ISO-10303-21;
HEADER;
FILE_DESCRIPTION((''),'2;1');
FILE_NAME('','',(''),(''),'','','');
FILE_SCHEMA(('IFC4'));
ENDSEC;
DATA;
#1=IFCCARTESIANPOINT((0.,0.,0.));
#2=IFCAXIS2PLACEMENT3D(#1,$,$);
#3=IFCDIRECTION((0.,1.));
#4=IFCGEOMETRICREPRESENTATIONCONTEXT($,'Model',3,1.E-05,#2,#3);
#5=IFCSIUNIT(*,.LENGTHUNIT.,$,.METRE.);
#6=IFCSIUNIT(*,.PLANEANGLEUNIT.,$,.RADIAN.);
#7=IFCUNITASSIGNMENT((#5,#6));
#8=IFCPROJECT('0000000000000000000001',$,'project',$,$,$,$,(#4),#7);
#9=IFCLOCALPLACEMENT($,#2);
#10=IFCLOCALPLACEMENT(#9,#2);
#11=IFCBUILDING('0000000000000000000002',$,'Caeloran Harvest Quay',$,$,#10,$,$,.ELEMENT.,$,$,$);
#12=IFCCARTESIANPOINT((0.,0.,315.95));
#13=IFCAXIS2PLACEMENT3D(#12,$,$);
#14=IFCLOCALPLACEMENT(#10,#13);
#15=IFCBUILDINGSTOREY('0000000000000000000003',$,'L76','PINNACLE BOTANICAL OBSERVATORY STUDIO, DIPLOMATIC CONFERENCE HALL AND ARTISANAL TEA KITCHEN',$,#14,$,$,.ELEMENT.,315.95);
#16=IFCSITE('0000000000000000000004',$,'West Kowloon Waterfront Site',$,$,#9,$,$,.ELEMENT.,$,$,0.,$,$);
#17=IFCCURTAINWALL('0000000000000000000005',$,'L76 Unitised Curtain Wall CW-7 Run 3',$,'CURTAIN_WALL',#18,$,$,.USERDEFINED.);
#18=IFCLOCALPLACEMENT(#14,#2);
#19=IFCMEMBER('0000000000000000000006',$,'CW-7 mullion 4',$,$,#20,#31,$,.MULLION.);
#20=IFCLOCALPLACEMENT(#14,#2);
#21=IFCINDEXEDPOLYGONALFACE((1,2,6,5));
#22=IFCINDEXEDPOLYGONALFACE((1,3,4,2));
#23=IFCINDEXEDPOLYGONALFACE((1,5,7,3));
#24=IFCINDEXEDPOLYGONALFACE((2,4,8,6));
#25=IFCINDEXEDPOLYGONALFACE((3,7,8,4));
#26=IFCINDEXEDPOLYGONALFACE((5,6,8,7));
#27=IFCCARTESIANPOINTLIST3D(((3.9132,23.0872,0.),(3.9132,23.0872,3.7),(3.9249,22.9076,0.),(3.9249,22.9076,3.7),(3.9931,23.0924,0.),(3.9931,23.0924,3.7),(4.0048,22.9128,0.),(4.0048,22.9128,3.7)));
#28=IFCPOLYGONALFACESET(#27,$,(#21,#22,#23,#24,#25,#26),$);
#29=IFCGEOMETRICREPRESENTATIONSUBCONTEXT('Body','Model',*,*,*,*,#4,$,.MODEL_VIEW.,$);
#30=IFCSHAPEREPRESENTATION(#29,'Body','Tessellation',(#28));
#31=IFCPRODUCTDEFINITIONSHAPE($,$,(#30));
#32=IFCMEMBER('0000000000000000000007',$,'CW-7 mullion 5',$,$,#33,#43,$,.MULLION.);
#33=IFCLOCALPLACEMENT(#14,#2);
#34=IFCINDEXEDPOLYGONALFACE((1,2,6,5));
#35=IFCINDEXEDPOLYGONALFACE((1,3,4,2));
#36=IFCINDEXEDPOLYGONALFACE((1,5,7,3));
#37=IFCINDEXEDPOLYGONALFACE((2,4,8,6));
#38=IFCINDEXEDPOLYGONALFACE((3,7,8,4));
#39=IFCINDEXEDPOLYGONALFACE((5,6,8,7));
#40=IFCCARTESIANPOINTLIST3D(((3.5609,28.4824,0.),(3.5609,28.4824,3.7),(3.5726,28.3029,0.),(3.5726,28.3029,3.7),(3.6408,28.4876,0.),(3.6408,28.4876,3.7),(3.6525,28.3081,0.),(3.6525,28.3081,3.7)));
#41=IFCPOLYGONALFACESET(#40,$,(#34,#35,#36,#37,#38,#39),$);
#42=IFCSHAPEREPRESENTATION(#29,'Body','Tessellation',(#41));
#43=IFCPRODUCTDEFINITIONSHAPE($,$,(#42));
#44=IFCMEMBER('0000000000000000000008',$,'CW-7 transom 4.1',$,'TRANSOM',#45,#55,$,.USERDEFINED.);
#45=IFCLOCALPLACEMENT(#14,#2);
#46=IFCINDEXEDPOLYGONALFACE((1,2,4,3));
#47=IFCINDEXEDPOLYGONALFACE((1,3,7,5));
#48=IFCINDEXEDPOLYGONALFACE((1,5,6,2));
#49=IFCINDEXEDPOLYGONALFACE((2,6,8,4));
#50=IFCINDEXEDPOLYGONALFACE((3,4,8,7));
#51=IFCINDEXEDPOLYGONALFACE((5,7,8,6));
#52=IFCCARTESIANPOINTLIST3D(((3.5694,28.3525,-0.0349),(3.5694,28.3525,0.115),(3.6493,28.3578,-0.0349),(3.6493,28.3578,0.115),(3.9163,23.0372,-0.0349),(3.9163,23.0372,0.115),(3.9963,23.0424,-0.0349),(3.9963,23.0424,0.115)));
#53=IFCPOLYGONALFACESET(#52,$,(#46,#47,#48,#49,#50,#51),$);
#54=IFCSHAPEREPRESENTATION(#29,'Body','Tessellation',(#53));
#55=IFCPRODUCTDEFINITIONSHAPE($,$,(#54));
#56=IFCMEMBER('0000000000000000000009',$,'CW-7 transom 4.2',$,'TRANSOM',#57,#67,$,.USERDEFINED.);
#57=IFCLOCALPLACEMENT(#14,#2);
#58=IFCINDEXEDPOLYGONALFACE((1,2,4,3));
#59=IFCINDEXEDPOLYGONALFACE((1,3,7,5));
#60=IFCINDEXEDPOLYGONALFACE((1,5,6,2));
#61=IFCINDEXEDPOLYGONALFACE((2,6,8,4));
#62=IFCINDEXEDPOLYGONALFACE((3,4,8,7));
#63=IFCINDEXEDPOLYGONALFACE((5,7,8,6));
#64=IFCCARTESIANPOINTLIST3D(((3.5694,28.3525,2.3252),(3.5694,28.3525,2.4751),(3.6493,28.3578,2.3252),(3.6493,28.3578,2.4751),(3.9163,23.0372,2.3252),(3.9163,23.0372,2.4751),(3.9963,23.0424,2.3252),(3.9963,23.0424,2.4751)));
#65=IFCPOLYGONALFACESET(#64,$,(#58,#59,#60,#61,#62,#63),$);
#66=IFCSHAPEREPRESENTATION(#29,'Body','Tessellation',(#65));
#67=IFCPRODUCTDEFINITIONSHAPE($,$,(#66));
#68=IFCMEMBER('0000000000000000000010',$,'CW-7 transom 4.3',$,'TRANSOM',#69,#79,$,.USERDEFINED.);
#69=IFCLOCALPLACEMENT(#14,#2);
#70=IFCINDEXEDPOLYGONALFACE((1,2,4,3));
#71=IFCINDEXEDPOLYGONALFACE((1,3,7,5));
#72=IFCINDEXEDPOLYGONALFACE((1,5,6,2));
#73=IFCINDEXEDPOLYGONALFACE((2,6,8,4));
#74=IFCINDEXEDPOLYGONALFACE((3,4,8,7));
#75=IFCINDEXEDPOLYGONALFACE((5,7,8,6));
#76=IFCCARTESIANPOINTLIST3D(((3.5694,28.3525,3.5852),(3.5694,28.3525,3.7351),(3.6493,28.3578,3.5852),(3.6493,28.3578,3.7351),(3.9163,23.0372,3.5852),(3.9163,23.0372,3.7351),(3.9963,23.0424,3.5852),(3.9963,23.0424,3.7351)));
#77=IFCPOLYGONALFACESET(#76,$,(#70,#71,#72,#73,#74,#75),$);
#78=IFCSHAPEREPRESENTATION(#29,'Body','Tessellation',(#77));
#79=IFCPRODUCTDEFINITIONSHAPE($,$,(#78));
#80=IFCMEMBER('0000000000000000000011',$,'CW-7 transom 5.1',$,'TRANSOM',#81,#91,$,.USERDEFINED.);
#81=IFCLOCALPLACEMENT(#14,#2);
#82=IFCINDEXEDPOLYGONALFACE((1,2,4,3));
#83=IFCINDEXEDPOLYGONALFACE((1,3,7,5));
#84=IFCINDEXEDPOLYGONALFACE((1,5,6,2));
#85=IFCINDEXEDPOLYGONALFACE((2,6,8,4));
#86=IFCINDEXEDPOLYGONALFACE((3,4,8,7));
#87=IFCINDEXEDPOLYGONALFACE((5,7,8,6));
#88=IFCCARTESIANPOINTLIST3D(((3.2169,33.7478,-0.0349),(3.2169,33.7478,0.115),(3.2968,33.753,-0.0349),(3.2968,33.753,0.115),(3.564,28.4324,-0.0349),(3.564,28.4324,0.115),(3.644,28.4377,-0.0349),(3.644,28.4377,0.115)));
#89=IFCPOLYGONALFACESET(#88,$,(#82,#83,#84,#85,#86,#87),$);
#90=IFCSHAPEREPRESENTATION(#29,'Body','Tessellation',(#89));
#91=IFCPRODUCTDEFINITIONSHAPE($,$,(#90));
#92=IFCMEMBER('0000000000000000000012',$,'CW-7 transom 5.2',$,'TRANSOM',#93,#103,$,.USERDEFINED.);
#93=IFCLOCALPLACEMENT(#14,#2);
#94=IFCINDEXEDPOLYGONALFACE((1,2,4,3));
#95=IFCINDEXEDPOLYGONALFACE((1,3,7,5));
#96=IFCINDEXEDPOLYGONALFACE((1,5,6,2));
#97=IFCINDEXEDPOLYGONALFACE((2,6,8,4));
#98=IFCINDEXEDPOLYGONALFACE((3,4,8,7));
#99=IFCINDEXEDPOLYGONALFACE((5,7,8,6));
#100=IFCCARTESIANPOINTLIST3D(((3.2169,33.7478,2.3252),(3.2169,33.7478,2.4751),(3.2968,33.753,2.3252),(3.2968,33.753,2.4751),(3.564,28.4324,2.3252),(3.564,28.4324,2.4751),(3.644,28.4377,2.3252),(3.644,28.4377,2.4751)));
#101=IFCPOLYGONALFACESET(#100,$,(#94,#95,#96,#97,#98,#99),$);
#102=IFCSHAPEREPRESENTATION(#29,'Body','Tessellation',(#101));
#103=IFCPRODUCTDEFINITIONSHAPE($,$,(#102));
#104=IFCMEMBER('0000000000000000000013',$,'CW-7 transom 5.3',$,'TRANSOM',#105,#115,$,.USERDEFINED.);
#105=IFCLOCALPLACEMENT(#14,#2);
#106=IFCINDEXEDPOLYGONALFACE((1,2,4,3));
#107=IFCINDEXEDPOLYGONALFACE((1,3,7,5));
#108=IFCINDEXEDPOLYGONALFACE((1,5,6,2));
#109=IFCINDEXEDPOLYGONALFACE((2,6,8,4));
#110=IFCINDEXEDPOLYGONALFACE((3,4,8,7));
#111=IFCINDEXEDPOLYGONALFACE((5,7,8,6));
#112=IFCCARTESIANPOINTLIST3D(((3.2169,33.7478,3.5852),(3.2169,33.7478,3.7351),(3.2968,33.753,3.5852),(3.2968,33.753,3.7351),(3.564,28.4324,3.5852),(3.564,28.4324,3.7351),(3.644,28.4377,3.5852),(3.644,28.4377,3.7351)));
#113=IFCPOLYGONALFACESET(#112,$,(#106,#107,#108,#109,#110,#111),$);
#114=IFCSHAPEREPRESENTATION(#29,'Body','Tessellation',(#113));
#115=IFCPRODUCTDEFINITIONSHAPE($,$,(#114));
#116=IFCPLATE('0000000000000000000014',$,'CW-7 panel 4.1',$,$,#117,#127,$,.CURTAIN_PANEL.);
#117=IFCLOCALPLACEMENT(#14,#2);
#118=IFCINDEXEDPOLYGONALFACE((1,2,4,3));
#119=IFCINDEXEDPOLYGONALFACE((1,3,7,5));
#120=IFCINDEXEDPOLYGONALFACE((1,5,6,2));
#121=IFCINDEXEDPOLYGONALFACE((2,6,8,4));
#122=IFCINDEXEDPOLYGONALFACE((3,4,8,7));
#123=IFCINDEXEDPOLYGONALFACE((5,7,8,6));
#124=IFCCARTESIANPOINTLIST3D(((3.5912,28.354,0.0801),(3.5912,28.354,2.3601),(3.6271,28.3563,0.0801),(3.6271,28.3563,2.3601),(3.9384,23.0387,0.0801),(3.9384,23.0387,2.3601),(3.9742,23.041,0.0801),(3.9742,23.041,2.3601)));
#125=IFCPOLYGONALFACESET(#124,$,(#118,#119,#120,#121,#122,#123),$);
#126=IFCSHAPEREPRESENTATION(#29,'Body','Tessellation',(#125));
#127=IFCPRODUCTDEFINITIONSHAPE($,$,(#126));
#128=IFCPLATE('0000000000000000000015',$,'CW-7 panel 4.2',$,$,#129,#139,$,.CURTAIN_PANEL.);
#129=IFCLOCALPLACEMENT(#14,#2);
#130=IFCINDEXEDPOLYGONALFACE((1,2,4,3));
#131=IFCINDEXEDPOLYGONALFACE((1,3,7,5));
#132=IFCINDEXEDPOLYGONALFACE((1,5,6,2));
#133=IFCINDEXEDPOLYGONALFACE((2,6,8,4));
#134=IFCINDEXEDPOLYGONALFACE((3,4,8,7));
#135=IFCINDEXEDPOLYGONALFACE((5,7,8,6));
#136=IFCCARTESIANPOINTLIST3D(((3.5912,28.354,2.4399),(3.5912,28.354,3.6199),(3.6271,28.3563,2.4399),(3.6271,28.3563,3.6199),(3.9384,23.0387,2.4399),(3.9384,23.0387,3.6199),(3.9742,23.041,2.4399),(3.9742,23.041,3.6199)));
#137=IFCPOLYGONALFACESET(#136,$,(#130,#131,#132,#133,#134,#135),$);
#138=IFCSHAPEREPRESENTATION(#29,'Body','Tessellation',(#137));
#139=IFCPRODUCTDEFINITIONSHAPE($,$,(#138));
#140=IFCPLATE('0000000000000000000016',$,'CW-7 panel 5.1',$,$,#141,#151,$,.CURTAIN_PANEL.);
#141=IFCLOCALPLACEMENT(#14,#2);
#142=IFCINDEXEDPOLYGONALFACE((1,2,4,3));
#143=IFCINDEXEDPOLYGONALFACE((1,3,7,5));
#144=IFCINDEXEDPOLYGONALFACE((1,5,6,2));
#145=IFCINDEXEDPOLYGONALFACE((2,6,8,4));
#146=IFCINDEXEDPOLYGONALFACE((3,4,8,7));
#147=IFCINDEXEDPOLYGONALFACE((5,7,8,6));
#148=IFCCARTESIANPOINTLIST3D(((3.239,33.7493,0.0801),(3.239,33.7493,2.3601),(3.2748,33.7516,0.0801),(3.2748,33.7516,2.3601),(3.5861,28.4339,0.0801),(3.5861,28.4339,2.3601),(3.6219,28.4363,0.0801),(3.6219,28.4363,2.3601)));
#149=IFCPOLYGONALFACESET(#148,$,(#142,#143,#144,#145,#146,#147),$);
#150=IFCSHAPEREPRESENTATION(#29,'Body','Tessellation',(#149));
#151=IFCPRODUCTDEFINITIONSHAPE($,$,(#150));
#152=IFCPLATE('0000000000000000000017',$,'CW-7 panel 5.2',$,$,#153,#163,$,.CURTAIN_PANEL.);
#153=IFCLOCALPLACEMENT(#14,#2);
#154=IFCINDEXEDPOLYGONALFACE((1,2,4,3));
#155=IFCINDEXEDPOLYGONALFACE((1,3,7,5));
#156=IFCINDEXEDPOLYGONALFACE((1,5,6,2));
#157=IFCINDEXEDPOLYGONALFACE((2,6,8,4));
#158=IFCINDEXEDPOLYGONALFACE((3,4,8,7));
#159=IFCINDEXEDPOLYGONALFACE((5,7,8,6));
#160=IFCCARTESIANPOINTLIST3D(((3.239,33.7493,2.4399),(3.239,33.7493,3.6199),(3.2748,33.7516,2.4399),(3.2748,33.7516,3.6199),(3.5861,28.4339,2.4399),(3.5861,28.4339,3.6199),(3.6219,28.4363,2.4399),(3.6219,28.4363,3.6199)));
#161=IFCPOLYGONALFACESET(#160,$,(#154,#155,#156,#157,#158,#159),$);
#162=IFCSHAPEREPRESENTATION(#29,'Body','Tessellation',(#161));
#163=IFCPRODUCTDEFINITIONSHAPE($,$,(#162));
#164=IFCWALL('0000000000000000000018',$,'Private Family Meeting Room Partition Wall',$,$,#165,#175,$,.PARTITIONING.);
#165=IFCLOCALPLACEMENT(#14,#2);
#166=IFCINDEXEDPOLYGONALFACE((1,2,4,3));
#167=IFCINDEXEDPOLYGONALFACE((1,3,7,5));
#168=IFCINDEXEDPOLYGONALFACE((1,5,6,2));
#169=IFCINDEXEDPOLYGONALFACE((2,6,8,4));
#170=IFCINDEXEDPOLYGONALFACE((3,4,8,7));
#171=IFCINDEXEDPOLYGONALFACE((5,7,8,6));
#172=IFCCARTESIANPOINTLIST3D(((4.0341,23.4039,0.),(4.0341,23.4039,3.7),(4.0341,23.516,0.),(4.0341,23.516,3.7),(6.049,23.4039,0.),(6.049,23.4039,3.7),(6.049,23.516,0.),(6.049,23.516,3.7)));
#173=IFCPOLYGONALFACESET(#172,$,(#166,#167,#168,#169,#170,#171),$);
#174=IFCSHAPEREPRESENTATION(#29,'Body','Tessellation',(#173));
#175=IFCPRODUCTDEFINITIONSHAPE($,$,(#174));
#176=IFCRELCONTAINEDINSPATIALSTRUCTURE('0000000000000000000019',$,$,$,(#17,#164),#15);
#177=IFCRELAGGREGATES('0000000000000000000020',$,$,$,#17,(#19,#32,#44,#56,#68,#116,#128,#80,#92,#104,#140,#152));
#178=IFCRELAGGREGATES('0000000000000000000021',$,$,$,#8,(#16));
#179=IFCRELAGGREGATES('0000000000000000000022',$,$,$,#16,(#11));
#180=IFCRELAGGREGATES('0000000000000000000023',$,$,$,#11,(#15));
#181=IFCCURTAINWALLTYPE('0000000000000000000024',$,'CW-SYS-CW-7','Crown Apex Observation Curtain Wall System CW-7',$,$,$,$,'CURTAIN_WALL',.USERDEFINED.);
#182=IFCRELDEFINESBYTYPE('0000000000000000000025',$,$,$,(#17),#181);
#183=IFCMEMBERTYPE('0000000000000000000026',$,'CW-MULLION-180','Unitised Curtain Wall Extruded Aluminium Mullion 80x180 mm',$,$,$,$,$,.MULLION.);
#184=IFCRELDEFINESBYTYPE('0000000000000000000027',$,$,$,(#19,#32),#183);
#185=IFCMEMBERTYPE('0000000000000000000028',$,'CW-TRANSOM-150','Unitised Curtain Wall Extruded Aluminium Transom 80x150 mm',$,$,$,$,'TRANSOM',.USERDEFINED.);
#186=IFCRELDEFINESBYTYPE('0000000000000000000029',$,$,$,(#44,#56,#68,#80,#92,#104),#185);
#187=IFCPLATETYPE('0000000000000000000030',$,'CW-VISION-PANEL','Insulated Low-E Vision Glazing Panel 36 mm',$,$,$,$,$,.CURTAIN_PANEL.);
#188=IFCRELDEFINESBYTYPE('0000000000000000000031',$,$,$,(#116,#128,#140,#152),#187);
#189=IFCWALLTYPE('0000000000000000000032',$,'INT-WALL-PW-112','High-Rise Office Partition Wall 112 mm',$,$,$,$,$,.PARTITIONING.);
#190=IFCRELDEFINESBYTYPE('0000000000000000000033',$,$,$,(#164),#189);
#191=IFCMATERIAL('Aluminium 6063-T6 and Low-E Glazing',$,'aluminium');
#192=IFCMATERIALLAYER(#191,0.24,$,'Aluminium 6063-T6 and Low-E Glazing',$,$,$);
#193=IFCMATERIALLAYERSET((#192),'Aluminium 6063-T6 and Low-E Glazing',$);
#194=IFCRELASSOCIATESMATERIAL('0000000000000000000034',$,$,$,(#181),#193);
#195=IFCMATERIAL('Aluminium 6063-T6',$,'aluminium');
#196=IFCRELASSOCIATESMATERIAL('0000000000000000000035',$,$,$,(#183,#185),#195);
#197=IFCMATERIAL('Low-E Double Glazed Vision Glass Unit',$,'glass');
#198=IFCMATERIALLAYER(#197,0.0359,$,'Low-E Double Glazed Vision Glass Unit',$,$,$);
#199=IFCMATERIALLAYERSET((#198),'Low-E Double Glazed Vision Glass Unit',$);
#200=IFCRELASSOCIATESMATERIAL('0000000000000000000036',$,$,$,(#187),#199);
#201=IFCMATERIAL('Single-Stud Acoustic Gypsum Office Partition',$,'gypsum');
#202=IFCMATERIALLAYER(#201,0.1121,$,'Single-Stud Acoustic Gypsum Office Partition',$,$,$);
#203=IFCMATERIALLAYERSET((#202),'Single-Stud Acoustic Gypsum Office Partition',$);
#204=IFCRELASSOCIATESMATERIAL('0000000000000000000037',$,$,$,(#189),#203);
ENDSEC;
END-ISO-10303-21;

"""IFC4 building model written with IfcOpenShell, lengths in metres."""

from ifc_helpers import new_model, si_unit, direction, frame, frame_2d, origin, origin_2d, place, context, subcontext, project, spatial, rectangle, extrude, material, layer, layer_set, material_profile, profile_set, type_object, element, aggregate, save


model = new_model("IFC4")

# Units and contexts
model_context = context("Model", 3, precision=1e-05, world=origin(), true_north=direction((0.0, 1.0)))
body_context = subcontext(model_context, "Body", "Model", "MODEL_VIEW")
ifc_project = project(units=[si_unit("LENGTHUNIT", "METRE"), si_unit("PLANEANGLEUNIT", "RADIAN")], contexts=[model_context])

# Site, building, storey
site_placement = place(None, origin())
site = spatial("IfcSite", under=ifc_project, at=site_placement, Name="West Kowloon Waterfront Site", CompositionType="ELEMENT", RefElevation=0.0)
building_placement = place(site_placement, origin())
building = spatial("IfcBuilding", under=site, at=building_placement, Name="Caeloran Harvest Quay", CompositionType="ELEMENT")
storey_placement = place(building_placement, frame((0.0, 0.0, 315.95)))
storey = spatial("IfcBuildingStorey", under=building, at=storey_placement, Name="L76", Description="PINNACLE BOTANICAL OBSERVATORY STUDIO, DIPLOMATIC CONFERENCE HALL AND ARTISANAL TEA KITCHEN", CompositionType="ELEMENT", Elevation=315.95)

# Curtain wall, members, plates
ifc_material_1 = material(Name="Aluminium 6063-T6 and Low-E Glazing", Category="aluminium")
ifc_layer_1 = layer(ifc_material_1, 0.24, Name="Aluminium 6063-T6 and Low-E Glazing")
ifc_layer_set_1 = layer_set([ifc_layer_1], Name="Aluminium 6063-T6 and Low-E Glazing")
curtain_wall_type = type_object("IfcCurtainWallType", Name="CW-SYS-CW-7", Description="Crown Apex Observation Curtain Wall System CW-7", ElementType="CURTAIN_WALL", PredefinedType="USERDEFINED", material=ifc_layer_set_1)
curtain_wall_placement = place(storey_placement, origin())
curtain_wall = element("IfcCurtainWall", 1, at=curtain_wall_placement, inside=storey, type_object=curtain_wall_type, Name="L76 Unitised Curtain Wall CW-7 Run 3", ObjectType="CURTAIN_WALL", PredefinedType="USERDEFINED")
ifc_material_2 = material(Name="Aluminium 6063-T6", Category="aluminium")
ifc_material_profile_1 = material_profile(ifc_material_2, rectangle(XDim=0.0801, YDim=0.1799, at=origin_2d()), Name="CW-MULLION-180")
ifc_profile_set_1 = profile_set([ifc_material_profile_1], Name="Aluminium 6063-T6")
member_type_1 = type_object("IfcMemberType", Name="CW-MULLION-180", Description="Unitised Curtain Wall Extruded Aluminium Mullion 80x180 mm", PredefinedType="MULLION", material=ifc_profile_set_1)
member_1_placement = place(storey_placement, frame((3.959, 23.0, 0.0), z_axis=(0.0, 0.0, 1.0), x_axis=(-0.997874, -0.065167, 0.0)))
member_1 = element("IfcMember", 2, at=member_1_placement, type_object=member_type_1, Name="CW-7 mullion 4", PredefinedType="MULLION", context=body_context, shape_type="SweptSolid", body=[
    extrude(rectangle(XDim=0.0801, YDim=0.1799, at=origin_2d()), origin(), (0.0, 0.0, 1.0), 3.7),
])
member_2_placement = place(storey_placement, frame((3.6067, 28.3953, 0.0), z_axis=(0.0, 0.0, 1.0), x_axis=(-0.997874, -0.065167, 0.0)))
member_2 = element("IfcMember", 3, at=member_2_placement, type_object=member_type_1, Name="CW-7 mullion 5", PredefinedType="MULLION", context=body_context, shape_type="SweptSolid", body=[
    extrude(rectangle(XDim=0.0801, YDim=0.1799, at=origin_2d()), origin(), (0.0, 0.0, 1.0), 3.7),
])
ifc_material_profile_2 = material_profile(ifc_material_2, rectangle(XDim=0.0801, YDim=0.1499, at=origin_2d()), Name="CW-TRANSOM-150")
ifc_profile_set_2 = profile_set([ifc_material_profile_2], Name="Aluminium 6063-T6")
member_type_2 = type_object("IfcMemberType", Name="CW-TRANSOM-150", Description="Unitised Curtain Wall Extruded Aluminium Transom 80x150 mm", ElementType="TRANSOM", PredefinedType="USERDEFINED", material=ifc_profile_set_2)
member_3_placement = place(storey_placement, frame((3.9563, 23.0398, 0.04), z_axis=(-0.065129, 0.997877, 0.0), x_axis=(-0.997877, -0.065129, 0.0)))
member_3 = element("IfcMember", 4, at=member_3_placement, type_object=member_type_2, Name="CW-7 transom 4.1", ObjectType="TRANSOM", PredefinedType="USERDEFINED", context=body_context, shape_type="SweptSolid", body=[
    extrude(rectangle(XDim=0.0801, YDim=0.1499, at=origin_2d()), origin(), (0.0, 0.0, 1.0), 5.3267),
])
member_4_placement = place(storey_placement, frame((3.9563, 23.0398, 2.4001), z_axis=(-0.065129, 0.997877, 0.0), x_axis=(-0.997877, -0.065129, 0.0)))
member_4 = element("IfcMember", 5, at=member_4_placement, type_object=member_type_2, Name="CW-7 transom 4.2", ObjectType="TRANSOM", PredefinedType="USERDEFINED", context=body_context, shape_type="SweptSolid", body=[
    extrude(rectangle(XDim=0.0801, YDim=0.1499, at=origin_2d()), origin(), (0.0, 0.0, 1.0), 5.3267),
])
member_5_placement = place(storey_placement, frame((3.9563, 23.0398, 3.6602), z_axis=(-0.065129, 0.997877, 0.0), x_axis=(-0.997877, -0.065129, 0.0)))
member_5 = element("IfcMember", 6, at=member_5_placement, type_object=member_type_2, Name="CW-7 transom 4.3", ObjectType="TRANSOM", PredefinedType="USERDEFINED", context=body_context, shape_type="SweptSolid", body=[
    extrude(rectangle(XDim=0.0801, YDim=0.1499, at=origin_2d()), origin(), (0.0, 0.0, 1.0), 5.3267),
])
member_6_placement = place(storey_placement, frame((3.604, 28.4351, 0.04), z_axis=(-0.065174, 0.997874, 0.0), x_axis=(-0.997874, -0.065174, 0.0)))
member_6 = element("IfcMember", 7, at=member_6_placement, type_object=member_type_2, Name="CW-7 transom 5.1", ObjectType="TRANSOM", PredefinedType="USERDEFINED", context=body_context, shape_type="SweptSolid", body=[
    extrude(rectangle(XDim=0.0801, YDim=0.1499, at=origin_2d()), origin(), (0.0, 0.0, 1.0), 5.3267),
])
member_7_placement = place(storey_placement, frame((3.604, 28.4351, 2.4001), z_axis=(-0.065174, 0.997874, 0.0), x_axis=(-0.997874, -0.065174, 0.0)))
member_7 = element("IfcMember", 8, at=member_7_placement, type_object=member_type_2, Name="CW-7 transom 5.2", ObjectType="TRANSOM", PredefinedType="USERDEFINED", context=body_context, shape_type="SweptSolid", body=[
    extrude(rectangle(XDim=0.0801, YDim=0.1499, at=origin_2d()), origin(), (0.0, 0.0, 1.0), 5.3267),
])
member_8_placement = place(storey_placement, frame((3.604, 28.4351, 3.6602), z_axis=(-0.065174, 0.997874, 0.0), x_axis=(-0.997874, -0.065174, 0.0)))
member_8 = element("IfcMember", 9, at=member_8_placement, type_object=member_type_2, Name="CW-7 transom 5.3", ObjectType="TRANSOM", PredefinedType="USERDEFINED", context=body_context, shape_type="SweptSolid", body=[
    extrude(rectangle(XDim=0.0801, YDim=0.1499, at=origin_2d()), origin(), (0.0, 0.0, 1.0), 5.3267),
])
ifc_material_3 = material(Name="Low-E Double Glazed Vision Glass Unit", Category="glass")
ifc_layer_2 = layer(ifc_material_3, 0.0359, Name="Low-E Double Glazed Vision Glass Unit")
ifc_layer_set_2 = layer_set([ifc_layer_2], Name="Low-E Double Glazed Vision Glass Unit")
plate_type = type_object("IfcPlateType", Name="CW-VISION-PANEL", Description="Insulated Low-E Vision Glazing Panel 36 mm", PredefinedType="CURTAIN_PANEL", material=ifc_layer_set_2)
plate_1_placement = place(storey_placement, frame((3.7827, 25.6975, 0.0801), z_axis=(0.0, 0.0, 1.0), x_axis=(-0.065167, 0.997874, 0.0)))
plate_1 = element("IfcPlate", 10, at=plate_1_placement, type_object=plate_type, Name="CW-7 panel 4.1", PredefinedType="CURTAIN_PANEL", context=body_context, shape_type="SweptSolid", body=[
    extrude(rectangle(XDim=5.3267, YDim=0.0359, at=origin_2d()), origin(), (0.0, 0.0, 1.0), 2.28),
])
plate_2_placement = place(storey_placement, frame((3.7827, 25.6975, 2.4399), z_axis=(0.0, 0.0, 1.0), x_axis=(-0.065167, 0.997874, 0.0)))
plate_2 = element("IfcPlate", 11, at=plate_2_placement, type_object=plate_type, Name="CW-7 panel 4.2", PredefinedType="CURTAIN_PANEL", context=body_context, shape_type="SweptSolid", body=[
    extrude(rectangle(XDim=5.3267, YDim=0.0359, at=origin_2d()), origin(), (0.0, 0.0, 1.0), 1.1799),
])
plate_3_placement = place(storey_placement, frame((3.4304, 31.0928, 0.0801), z_axis=(0.0, 0.0, 1.0), x_axis=(-0.065167, 0.997874, 0.0)))
plate_3 = element("IfcPlate", 12, at=plate_3_placement, type_object=plate_type, Name="CW-7 panel 5.1", PredefinedType="CURTAIN_PANEL", context=body_context, shape_type="SweptSolid", body=[
    extrude(rectangle(XDim=5.3267, YDim=0.0359, at=origin_2d()), origin(), (0.0, 0.0, 1.0), 2.28),
])
plate_4_placement = place(storey_placement, frame((3.4304, 31.0928, 2.4399), z_axis=(0.0, 0.0, 1.0), x_axis=(-0.065167, 0.997874, 0.0)))
plate_4 = element("IfcPlate", 13, at=plate_4_placement, type_object=plate_type, Name="CW-7 panel 5.2", PredefinedType="CURTAIN_PANEL", context=body_context, shape_type="SweptSolid", body=[
    extrude(rectangle(XDim=5.3267, YDim=0.0359, at=origin_2d()), origin(), (0.0, 0.0, 1.0), 1.1799),
])
aggregate(curtain_wall, [member_1, member_2, member_3, member_4, member_5, plate_1, plate_2, member_6, member_7, member_8, plate_3, plate_4])

# Wall
ifc_material_4 = material(Name="Single-Stud Acoustic Gypsum Office Partition", Category="gypsum")
ifc_layer_3 = layer(ifc_material_4, 0.1121, Name="Single-Stud Acoustic Gypsum Office Partition")
ifc_layer_set_3 = layer_set([ifc_layer_3], Name="Single-Stud Acoustic Gypsum Office Partition")
wall_type_1 = type_object("IfcWallType", Name="INT-WALL-PW-112", Description="High-Rise Office Partition Wall 112 mm", PredefinedType="PARTITIONING", material=ifc_layer_set_3)
wall_1_placement = place(storey_placement, frame((4.0342, 23.46, 0.0), z_axis=(0.0, 0.0, 1.0), x_axis=(1.0, 0.0, 0.0)))
element("IfcWall", 14, at=wall_1_placement, inside=storey, type_object=wall_type_1, Name="Private Family Meeting Room Partition Wall", PredefinedType="PARTITIONING", context=body_context, shape_type="SweptSolid", body=[
    extrude(rectangle(XDim=2.0149, YDim=0.1121, at=frame_2d((1.0073, 0.0))), origin(), (0.0, 0.0, 1.0), 3.7),
])

save(model, "model.ifc")
